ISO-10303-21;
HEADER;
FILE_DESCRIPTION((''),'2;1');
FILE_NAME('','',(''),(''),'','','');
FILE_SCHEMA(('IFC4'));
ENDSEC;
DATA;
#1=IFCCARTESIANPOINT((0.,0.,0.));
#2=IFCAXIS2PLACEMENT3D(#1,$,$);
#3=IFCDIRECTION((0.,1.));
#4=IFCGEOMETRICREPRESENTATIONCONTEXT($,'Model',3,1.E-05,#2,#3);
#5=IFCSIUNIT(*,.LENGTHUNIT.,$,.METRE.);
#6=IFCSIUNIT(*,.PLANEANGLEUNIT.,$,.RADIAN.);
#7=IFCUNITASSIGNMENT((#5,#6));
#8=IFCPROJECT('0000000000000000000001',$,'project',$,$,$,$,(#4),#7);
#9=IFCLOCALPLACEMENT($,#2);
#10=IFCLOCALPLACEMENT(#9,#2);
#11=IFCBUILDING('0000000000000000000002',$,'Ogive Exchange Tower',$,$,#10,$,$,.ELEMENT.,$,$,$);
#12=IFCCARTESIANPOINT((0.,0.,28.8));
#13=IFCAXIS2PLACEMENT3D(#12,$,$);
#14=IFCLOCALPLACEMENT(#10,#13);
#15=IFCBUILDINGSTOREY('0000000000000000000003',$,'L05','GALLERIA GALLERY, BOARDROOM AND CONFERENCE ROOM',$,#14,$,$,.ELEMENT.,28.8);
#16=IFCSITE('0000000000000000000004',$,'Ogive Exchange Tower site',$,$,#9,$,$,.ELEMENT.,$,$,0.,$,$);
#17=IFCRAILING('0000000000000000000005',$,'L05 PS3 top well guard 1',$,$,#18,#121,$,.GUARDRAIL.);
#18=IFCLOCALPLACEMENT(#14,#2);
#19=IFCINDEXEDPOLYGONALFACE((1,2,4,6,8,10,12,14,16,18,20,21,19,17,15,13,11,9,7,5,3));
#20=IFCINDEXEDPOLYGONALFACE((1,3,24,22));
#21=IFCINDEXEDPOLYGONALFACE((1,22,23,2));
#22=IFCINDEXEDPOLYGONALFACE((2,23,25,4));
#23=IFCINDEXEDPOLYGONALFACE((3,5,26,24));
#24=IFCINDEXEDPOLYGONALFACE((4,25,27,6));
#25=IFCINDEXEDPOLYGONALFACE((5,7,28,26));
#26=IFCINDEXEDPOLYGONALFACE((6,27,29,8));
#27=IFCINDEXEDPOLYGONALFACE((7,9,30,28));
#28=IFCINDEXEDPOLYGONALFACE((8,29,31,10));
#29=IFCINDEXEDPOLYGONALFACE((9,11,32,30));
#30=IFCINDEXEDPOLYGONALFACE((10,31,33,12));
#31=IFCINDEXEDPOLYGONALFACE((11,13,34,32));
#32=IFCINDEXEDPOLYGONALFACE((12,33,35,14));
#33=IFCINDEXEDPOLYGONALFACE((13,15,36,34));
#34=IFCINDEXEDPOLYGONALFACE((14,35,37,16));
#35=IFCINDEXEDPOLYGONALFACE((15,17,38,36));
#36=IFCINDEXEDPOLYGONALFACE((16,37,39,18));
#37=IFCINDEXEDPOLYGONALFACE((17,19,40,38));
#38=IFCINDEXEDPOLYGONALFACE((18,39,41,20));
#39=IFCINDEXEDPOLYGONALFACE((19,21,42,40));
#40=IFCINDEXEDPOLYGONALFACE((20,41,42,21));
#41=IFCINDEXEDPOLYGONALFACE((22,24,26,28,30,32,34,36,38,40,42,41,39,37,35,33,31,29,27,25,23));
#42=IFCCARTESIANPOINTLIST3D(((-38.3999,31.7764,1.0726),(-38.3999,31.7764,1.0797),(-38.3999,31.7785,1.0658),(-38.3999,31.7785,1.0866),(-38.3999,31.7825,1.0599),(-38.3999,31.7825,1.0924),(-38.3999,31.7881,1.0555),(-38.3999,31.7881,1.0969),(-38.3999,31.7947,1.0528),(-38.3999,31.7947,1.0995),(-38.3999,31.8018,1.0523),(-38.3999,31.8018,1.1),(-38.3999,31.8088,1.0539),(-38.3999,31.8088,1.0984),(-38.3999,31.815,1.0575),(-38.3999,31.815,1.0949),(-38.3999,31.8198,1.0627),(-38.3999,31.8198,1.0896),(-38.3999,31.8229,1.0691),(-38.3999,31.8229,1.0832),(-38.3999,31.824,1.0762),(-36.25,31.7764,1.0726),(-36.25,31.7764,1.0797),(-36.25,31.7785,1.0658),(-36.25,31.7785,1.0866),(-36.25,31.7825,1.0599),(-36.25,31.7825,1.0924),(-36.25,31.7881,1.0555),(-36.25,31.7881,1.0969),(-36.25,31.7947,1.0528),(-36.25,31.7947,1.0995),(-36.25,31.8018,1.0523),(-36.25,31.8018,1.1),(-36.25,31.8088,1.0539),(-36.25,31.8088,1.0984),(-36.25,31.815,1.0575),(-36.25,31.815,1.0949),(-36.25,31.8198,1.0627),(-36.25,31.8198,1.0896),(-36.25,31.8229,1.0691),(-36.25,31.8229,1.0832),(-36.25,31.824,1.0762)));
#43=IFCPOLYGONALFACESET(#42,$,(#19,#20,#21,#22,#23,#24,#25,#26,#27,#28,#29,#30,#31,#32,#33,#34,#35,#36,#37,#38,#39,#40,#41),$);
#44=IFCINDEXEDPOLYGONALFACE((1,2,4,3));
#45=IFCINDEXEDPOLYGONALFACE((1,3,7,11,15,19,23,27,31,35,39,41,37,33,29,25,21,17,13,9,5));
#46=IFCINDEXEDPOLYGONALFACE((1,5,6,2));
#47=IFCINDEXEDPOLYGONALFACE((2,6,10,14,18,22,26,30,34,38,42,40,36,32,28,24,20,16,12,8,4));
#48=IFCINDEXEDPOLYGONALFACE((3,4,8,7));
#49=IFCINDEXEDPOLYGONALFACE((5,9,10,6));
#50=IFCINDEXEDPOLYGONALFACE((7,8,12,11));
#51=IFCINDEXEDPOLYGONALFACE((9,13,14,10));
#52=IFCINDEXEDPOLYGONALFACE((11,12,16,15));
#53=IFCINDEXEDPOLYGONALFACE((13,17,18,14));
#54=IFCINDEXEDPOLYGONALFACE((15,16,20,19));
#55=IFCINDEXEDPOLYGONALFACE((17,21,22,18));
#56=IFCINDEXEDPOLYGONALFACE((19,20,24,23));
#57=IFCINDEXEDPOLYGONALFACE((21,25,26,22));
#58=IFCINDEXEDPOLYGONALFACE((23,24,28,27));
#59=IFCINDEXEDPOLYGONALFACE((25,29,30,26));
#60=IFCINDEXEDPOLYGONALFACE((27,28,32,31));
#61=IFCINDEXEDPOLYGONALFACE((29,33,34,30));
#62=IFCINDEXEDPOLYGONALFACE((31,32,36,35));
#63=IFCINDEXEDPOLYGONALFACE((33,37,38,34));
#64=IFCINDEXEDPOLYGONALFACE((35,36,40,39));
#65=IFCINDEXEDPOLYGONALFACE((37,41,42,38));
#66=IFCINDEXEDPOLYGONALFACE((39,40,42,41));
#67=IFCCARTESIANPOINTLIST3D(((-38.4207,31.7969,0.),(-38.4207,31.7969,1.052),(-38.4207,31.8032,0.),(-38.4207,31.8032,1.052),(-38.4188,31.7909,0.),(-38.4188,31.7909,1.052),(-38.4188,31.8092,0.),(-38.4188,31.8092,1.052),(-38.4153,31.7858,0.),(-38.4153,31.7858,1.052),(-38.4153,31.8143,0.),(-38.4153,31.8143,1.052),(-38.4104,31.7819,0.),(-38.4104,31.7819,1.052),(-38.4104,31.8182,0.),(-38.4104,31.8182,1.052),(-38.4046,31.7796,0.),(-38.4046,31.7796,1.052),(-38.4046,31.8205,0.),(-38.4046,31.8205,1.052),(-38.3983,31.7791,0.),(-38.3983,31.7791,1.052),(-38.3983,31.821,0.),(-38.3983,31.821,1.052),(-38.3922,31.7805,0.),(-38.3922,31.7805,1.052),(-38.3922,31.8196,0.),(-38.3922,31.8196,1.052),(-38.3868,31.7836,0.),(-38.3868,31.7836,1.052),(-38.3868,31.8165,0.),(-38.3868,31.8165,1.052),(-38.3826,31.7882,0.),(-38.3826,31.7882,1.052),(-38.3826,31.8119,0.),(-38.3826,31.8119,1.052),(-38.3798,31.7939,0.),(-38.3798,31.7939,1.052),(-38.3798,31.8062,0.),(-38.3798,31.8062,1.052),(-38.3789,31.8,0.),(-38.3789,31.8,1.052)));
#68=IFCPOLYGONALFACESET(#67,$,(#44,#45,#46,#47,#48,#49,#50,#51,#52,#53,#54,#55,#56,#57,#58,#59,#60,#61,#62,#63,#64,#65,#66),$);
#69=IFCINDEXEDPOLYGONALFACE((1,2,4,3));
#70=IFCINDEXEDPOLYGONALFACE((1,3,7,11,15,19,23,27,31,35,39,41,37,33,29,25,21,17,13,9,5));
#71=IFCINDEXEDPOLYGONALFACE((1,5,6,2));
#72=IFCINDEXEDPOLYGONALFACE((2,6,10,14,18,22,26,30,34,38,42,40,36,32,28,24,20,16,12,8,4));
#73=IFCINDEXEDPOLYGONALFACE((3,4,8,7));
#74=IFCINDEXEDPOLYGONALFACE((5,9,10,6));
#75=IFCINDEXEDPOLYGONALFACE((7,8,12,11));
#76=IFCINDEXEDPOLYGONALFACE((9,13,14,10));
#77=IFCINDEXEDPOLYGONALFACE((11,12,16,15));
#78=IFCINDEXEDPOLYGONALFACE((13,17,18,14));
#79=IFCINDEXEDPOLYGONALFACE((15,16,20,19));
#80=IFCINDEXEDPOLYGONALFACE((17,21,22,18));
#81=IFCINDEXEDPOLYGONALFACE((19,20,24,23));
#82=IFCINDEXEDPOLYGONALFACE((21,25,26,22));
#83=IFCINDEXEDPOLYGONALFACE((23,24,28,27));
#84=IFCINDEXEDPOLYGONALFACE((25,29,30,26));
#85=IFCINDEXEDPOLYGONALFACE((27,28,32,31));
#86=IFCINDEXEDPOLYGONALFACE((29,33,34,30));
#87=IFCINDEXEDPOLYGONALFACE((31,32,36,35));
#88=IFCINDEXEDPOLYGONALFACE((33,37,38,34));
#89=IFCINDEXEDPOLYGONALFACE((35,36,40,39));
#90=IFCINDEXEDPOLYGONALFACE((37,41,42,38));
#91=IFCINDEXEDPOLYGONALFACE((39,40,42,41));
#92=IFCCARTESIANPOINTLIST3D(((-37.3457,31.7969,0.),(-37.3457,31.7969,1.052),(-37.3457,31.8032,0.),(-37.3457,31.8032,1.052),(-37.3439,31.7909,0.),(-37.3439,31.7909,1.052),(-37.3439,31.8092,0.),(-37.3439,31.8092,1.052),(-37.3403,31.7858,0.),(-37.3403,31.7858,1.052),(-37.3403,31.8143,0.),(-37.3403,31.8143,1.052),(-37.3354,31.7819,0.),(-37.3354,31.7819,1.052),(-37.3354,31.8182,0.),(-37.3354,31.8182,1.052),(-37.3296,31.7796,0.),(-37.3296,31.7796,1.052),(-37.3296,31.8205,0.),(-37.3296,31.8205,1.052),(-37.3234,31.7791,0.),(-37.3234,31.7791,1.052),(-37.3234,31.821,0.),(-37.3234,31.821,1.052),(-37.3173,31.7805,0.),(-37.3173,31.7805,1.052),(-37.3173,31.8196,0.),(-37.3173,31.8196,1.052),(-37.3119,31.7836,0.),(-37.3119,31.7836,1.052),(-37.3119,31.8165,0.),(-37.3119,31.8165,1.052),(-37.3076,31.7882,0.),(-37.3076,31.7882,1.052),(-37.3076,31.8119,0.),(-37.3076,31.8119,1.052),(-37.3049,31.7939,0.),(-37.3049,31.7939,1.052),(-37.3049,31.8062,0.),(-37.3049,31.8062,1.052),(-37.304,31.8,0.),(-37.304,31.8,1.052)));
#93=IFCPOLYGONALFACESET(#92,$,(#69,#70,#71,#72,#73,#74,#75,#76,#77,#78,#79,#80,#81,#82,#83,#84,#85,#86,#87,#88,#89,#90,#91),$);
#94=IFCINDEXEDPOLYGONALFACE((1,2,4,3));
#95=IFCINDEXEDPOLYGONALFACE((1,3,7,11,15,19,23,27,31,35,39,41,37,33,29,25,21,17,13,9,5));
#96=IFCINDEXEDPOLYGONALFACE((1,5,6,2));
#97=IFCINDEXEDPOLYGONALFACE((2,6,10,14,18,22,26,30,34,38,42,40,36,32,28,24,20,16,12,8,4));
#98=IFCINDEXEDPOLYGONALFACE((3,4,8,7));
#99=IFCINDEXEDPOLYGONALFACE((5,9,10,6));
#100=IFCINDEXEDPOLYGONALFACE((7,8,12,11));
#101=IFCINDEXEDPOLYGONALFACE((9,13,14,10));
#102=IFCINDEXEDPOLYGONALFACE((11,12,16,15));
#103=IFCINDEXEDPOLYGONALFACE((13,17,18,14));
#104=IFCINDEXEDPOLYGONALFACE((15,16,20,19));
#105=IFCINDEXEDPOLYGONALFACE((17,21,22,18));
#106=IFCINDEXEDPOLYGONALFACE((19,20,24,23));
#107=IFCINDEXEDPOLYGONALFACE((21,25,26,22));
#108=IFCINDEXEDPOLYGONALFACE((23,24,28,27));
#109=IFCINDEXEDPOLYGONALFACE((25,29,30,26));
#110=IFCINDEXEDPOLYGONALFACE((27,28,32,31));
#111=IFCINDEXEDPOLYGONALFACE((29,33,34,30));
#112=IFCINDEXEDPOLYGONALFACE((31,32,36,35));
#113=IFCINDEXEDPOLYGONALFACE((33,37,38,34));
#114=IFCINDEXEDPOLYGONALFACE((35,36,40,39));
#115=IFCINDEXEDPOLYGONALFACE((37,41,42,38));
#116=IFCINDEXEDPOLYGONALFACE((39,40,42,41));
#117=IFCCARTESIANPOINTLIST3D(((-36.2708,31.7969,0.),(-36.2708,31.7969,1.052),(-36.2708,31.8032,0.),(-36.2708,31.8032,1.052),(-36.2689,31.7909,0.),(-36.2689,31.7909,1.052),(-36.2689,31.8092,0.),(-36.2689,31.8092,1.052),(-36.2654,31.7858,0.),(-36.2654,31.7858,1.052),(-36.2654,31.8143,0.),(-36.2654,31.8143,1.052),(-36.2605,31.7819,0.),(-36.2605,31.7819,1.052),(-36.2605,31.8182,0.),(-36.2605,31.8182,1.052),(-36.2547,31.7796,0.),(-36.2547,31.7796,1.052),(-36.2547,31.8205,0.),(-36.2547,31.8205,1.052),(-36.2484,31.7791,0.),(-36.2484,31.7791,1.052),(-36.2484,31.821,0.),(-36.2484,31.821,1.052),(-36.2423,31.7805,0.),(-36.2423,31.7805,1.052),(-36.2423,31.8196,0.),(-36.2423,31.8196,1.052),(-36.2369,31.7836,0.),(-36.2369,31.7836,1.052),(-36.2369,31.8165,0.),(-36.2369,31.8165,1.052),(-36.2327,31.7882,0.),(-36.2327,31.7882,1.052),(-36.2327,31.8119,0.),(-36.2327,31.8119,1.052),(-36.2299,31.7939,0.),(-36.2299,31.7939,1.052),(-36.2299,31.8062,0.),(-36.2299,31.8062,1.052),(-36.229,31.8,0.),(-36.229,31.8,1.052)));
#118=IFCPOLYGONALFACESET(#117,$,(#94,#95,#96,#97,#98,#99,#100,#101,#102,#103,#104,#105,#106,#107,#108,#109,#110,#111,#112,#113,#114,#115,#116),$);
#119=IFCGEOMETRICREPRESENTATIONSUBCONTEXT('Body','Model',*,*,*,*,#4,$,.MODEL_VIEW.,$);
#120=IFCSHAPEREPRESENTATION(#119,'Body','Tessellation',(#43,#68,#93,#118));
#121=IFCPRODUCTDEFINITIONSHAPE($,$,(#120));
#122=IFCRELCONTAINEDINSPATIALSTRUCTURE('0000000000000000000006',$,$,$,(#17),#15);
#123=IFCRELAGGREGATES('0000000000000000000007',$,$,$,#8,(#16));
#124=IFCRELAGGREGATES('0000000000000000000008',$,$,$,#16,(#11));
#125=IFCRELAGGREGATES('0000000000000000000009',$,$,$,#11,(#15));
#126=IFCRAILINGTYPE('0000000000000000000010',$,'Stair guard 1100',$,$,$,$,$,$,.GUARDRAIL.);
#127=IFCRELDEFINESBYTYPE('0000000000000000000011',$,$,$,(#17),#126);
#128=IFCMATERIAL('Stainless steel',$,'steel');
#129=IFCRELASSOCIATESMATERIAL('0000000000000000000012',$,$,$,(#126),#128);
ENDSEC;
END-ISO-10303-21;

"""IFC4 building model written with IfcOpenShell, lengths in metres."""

from ifc_helpers import new_model, si_unit, direction, frame, origin, origin_2d, place, context, subcontext, project, spatial, circle, extrude, material, type_object, element, save


model = new_model("IFC4")

# Units and contexts
model_context = context("Model", 3, precision=1e-05, world=origin(), true_north=direction((0.0, 1.0)))
body_context = subcontext(model_context, "Body", "Model", "MODEL_VIEW")
ifc_project = project(units=[si_unit("LENGTHUNIT", "METRE"), si_unit("PLANEANGLEUNIT", "RADIAN")], contexts=[model_context])

# Site, building, storey
site_placement = place(None, origin())
site = spatial("IfcSite", under=ifc_project, at=site_placement, Name="Ogive Exchange Tower site", CompositionType="ELEMENT", RefElevation=0.0)
building_placement = place(site_placement, origin())
building = spatial("IfcBuilding", under=site, at=building_placement, Name="Ogive Exchange Tower", CompositionType="ELEMENT")
storey_placement = place(building_placement, frame((0.0, 0.0, 28.8)))
storey = spatial("IfcBuildingStorey", under=building, at=storey_placement, Name="L05", Description="GALLERIA GALLERY, BOARDROOM AND CONFERENCE ROOM", CompositionType="ELEMENT", Elevation=28.8)

# Railing
ifc_material_1 = material(Name="Stainless steel", Category="steel")
railing_type = type_object("IfcRailingType", Name="Stair guard 1100", PredefinedType="GUARDRAIL", material=ifc_material_1)
railing_placement = place(storey_placement, frame((-38.3999, 31.8, 0.0)))
element("IfcRailing", 1, at=railing_placement, inside=storey, type_object=railing_type, Name="L05 PS3 top well guard 1", PredefinedType="GUARDRAIL", context=body_context, shape_type="SweptSolid", body=[
    extrude(circle(Radius=0.0239, at=origin_2d()), frame((0.0, 0.0, 1.0762), z_axis=(1.0, 0.0, 0.0), x_axis=(0.0, 1.0, 0.0)), (0.0, 0.0, 1.0), 2.1499),
    extrude(circle(Radius=0.021, at=origin_2d()), origin(), (0.0, 0.0, 1.0), 1.052),
    extrude(circle(Radius=0.021, at=origin_2d()), frame((1.075, 0.0, 0.0)), (0.0, 0.0, 1.0), 1.052),
    extrude(circle(Radius=0.021, at=origin_2d()), frame((2.1499, 0.0, 0.0)), (0.0, 0.0, 1.0), 1.052),
])

save(model, "model.ifc")
